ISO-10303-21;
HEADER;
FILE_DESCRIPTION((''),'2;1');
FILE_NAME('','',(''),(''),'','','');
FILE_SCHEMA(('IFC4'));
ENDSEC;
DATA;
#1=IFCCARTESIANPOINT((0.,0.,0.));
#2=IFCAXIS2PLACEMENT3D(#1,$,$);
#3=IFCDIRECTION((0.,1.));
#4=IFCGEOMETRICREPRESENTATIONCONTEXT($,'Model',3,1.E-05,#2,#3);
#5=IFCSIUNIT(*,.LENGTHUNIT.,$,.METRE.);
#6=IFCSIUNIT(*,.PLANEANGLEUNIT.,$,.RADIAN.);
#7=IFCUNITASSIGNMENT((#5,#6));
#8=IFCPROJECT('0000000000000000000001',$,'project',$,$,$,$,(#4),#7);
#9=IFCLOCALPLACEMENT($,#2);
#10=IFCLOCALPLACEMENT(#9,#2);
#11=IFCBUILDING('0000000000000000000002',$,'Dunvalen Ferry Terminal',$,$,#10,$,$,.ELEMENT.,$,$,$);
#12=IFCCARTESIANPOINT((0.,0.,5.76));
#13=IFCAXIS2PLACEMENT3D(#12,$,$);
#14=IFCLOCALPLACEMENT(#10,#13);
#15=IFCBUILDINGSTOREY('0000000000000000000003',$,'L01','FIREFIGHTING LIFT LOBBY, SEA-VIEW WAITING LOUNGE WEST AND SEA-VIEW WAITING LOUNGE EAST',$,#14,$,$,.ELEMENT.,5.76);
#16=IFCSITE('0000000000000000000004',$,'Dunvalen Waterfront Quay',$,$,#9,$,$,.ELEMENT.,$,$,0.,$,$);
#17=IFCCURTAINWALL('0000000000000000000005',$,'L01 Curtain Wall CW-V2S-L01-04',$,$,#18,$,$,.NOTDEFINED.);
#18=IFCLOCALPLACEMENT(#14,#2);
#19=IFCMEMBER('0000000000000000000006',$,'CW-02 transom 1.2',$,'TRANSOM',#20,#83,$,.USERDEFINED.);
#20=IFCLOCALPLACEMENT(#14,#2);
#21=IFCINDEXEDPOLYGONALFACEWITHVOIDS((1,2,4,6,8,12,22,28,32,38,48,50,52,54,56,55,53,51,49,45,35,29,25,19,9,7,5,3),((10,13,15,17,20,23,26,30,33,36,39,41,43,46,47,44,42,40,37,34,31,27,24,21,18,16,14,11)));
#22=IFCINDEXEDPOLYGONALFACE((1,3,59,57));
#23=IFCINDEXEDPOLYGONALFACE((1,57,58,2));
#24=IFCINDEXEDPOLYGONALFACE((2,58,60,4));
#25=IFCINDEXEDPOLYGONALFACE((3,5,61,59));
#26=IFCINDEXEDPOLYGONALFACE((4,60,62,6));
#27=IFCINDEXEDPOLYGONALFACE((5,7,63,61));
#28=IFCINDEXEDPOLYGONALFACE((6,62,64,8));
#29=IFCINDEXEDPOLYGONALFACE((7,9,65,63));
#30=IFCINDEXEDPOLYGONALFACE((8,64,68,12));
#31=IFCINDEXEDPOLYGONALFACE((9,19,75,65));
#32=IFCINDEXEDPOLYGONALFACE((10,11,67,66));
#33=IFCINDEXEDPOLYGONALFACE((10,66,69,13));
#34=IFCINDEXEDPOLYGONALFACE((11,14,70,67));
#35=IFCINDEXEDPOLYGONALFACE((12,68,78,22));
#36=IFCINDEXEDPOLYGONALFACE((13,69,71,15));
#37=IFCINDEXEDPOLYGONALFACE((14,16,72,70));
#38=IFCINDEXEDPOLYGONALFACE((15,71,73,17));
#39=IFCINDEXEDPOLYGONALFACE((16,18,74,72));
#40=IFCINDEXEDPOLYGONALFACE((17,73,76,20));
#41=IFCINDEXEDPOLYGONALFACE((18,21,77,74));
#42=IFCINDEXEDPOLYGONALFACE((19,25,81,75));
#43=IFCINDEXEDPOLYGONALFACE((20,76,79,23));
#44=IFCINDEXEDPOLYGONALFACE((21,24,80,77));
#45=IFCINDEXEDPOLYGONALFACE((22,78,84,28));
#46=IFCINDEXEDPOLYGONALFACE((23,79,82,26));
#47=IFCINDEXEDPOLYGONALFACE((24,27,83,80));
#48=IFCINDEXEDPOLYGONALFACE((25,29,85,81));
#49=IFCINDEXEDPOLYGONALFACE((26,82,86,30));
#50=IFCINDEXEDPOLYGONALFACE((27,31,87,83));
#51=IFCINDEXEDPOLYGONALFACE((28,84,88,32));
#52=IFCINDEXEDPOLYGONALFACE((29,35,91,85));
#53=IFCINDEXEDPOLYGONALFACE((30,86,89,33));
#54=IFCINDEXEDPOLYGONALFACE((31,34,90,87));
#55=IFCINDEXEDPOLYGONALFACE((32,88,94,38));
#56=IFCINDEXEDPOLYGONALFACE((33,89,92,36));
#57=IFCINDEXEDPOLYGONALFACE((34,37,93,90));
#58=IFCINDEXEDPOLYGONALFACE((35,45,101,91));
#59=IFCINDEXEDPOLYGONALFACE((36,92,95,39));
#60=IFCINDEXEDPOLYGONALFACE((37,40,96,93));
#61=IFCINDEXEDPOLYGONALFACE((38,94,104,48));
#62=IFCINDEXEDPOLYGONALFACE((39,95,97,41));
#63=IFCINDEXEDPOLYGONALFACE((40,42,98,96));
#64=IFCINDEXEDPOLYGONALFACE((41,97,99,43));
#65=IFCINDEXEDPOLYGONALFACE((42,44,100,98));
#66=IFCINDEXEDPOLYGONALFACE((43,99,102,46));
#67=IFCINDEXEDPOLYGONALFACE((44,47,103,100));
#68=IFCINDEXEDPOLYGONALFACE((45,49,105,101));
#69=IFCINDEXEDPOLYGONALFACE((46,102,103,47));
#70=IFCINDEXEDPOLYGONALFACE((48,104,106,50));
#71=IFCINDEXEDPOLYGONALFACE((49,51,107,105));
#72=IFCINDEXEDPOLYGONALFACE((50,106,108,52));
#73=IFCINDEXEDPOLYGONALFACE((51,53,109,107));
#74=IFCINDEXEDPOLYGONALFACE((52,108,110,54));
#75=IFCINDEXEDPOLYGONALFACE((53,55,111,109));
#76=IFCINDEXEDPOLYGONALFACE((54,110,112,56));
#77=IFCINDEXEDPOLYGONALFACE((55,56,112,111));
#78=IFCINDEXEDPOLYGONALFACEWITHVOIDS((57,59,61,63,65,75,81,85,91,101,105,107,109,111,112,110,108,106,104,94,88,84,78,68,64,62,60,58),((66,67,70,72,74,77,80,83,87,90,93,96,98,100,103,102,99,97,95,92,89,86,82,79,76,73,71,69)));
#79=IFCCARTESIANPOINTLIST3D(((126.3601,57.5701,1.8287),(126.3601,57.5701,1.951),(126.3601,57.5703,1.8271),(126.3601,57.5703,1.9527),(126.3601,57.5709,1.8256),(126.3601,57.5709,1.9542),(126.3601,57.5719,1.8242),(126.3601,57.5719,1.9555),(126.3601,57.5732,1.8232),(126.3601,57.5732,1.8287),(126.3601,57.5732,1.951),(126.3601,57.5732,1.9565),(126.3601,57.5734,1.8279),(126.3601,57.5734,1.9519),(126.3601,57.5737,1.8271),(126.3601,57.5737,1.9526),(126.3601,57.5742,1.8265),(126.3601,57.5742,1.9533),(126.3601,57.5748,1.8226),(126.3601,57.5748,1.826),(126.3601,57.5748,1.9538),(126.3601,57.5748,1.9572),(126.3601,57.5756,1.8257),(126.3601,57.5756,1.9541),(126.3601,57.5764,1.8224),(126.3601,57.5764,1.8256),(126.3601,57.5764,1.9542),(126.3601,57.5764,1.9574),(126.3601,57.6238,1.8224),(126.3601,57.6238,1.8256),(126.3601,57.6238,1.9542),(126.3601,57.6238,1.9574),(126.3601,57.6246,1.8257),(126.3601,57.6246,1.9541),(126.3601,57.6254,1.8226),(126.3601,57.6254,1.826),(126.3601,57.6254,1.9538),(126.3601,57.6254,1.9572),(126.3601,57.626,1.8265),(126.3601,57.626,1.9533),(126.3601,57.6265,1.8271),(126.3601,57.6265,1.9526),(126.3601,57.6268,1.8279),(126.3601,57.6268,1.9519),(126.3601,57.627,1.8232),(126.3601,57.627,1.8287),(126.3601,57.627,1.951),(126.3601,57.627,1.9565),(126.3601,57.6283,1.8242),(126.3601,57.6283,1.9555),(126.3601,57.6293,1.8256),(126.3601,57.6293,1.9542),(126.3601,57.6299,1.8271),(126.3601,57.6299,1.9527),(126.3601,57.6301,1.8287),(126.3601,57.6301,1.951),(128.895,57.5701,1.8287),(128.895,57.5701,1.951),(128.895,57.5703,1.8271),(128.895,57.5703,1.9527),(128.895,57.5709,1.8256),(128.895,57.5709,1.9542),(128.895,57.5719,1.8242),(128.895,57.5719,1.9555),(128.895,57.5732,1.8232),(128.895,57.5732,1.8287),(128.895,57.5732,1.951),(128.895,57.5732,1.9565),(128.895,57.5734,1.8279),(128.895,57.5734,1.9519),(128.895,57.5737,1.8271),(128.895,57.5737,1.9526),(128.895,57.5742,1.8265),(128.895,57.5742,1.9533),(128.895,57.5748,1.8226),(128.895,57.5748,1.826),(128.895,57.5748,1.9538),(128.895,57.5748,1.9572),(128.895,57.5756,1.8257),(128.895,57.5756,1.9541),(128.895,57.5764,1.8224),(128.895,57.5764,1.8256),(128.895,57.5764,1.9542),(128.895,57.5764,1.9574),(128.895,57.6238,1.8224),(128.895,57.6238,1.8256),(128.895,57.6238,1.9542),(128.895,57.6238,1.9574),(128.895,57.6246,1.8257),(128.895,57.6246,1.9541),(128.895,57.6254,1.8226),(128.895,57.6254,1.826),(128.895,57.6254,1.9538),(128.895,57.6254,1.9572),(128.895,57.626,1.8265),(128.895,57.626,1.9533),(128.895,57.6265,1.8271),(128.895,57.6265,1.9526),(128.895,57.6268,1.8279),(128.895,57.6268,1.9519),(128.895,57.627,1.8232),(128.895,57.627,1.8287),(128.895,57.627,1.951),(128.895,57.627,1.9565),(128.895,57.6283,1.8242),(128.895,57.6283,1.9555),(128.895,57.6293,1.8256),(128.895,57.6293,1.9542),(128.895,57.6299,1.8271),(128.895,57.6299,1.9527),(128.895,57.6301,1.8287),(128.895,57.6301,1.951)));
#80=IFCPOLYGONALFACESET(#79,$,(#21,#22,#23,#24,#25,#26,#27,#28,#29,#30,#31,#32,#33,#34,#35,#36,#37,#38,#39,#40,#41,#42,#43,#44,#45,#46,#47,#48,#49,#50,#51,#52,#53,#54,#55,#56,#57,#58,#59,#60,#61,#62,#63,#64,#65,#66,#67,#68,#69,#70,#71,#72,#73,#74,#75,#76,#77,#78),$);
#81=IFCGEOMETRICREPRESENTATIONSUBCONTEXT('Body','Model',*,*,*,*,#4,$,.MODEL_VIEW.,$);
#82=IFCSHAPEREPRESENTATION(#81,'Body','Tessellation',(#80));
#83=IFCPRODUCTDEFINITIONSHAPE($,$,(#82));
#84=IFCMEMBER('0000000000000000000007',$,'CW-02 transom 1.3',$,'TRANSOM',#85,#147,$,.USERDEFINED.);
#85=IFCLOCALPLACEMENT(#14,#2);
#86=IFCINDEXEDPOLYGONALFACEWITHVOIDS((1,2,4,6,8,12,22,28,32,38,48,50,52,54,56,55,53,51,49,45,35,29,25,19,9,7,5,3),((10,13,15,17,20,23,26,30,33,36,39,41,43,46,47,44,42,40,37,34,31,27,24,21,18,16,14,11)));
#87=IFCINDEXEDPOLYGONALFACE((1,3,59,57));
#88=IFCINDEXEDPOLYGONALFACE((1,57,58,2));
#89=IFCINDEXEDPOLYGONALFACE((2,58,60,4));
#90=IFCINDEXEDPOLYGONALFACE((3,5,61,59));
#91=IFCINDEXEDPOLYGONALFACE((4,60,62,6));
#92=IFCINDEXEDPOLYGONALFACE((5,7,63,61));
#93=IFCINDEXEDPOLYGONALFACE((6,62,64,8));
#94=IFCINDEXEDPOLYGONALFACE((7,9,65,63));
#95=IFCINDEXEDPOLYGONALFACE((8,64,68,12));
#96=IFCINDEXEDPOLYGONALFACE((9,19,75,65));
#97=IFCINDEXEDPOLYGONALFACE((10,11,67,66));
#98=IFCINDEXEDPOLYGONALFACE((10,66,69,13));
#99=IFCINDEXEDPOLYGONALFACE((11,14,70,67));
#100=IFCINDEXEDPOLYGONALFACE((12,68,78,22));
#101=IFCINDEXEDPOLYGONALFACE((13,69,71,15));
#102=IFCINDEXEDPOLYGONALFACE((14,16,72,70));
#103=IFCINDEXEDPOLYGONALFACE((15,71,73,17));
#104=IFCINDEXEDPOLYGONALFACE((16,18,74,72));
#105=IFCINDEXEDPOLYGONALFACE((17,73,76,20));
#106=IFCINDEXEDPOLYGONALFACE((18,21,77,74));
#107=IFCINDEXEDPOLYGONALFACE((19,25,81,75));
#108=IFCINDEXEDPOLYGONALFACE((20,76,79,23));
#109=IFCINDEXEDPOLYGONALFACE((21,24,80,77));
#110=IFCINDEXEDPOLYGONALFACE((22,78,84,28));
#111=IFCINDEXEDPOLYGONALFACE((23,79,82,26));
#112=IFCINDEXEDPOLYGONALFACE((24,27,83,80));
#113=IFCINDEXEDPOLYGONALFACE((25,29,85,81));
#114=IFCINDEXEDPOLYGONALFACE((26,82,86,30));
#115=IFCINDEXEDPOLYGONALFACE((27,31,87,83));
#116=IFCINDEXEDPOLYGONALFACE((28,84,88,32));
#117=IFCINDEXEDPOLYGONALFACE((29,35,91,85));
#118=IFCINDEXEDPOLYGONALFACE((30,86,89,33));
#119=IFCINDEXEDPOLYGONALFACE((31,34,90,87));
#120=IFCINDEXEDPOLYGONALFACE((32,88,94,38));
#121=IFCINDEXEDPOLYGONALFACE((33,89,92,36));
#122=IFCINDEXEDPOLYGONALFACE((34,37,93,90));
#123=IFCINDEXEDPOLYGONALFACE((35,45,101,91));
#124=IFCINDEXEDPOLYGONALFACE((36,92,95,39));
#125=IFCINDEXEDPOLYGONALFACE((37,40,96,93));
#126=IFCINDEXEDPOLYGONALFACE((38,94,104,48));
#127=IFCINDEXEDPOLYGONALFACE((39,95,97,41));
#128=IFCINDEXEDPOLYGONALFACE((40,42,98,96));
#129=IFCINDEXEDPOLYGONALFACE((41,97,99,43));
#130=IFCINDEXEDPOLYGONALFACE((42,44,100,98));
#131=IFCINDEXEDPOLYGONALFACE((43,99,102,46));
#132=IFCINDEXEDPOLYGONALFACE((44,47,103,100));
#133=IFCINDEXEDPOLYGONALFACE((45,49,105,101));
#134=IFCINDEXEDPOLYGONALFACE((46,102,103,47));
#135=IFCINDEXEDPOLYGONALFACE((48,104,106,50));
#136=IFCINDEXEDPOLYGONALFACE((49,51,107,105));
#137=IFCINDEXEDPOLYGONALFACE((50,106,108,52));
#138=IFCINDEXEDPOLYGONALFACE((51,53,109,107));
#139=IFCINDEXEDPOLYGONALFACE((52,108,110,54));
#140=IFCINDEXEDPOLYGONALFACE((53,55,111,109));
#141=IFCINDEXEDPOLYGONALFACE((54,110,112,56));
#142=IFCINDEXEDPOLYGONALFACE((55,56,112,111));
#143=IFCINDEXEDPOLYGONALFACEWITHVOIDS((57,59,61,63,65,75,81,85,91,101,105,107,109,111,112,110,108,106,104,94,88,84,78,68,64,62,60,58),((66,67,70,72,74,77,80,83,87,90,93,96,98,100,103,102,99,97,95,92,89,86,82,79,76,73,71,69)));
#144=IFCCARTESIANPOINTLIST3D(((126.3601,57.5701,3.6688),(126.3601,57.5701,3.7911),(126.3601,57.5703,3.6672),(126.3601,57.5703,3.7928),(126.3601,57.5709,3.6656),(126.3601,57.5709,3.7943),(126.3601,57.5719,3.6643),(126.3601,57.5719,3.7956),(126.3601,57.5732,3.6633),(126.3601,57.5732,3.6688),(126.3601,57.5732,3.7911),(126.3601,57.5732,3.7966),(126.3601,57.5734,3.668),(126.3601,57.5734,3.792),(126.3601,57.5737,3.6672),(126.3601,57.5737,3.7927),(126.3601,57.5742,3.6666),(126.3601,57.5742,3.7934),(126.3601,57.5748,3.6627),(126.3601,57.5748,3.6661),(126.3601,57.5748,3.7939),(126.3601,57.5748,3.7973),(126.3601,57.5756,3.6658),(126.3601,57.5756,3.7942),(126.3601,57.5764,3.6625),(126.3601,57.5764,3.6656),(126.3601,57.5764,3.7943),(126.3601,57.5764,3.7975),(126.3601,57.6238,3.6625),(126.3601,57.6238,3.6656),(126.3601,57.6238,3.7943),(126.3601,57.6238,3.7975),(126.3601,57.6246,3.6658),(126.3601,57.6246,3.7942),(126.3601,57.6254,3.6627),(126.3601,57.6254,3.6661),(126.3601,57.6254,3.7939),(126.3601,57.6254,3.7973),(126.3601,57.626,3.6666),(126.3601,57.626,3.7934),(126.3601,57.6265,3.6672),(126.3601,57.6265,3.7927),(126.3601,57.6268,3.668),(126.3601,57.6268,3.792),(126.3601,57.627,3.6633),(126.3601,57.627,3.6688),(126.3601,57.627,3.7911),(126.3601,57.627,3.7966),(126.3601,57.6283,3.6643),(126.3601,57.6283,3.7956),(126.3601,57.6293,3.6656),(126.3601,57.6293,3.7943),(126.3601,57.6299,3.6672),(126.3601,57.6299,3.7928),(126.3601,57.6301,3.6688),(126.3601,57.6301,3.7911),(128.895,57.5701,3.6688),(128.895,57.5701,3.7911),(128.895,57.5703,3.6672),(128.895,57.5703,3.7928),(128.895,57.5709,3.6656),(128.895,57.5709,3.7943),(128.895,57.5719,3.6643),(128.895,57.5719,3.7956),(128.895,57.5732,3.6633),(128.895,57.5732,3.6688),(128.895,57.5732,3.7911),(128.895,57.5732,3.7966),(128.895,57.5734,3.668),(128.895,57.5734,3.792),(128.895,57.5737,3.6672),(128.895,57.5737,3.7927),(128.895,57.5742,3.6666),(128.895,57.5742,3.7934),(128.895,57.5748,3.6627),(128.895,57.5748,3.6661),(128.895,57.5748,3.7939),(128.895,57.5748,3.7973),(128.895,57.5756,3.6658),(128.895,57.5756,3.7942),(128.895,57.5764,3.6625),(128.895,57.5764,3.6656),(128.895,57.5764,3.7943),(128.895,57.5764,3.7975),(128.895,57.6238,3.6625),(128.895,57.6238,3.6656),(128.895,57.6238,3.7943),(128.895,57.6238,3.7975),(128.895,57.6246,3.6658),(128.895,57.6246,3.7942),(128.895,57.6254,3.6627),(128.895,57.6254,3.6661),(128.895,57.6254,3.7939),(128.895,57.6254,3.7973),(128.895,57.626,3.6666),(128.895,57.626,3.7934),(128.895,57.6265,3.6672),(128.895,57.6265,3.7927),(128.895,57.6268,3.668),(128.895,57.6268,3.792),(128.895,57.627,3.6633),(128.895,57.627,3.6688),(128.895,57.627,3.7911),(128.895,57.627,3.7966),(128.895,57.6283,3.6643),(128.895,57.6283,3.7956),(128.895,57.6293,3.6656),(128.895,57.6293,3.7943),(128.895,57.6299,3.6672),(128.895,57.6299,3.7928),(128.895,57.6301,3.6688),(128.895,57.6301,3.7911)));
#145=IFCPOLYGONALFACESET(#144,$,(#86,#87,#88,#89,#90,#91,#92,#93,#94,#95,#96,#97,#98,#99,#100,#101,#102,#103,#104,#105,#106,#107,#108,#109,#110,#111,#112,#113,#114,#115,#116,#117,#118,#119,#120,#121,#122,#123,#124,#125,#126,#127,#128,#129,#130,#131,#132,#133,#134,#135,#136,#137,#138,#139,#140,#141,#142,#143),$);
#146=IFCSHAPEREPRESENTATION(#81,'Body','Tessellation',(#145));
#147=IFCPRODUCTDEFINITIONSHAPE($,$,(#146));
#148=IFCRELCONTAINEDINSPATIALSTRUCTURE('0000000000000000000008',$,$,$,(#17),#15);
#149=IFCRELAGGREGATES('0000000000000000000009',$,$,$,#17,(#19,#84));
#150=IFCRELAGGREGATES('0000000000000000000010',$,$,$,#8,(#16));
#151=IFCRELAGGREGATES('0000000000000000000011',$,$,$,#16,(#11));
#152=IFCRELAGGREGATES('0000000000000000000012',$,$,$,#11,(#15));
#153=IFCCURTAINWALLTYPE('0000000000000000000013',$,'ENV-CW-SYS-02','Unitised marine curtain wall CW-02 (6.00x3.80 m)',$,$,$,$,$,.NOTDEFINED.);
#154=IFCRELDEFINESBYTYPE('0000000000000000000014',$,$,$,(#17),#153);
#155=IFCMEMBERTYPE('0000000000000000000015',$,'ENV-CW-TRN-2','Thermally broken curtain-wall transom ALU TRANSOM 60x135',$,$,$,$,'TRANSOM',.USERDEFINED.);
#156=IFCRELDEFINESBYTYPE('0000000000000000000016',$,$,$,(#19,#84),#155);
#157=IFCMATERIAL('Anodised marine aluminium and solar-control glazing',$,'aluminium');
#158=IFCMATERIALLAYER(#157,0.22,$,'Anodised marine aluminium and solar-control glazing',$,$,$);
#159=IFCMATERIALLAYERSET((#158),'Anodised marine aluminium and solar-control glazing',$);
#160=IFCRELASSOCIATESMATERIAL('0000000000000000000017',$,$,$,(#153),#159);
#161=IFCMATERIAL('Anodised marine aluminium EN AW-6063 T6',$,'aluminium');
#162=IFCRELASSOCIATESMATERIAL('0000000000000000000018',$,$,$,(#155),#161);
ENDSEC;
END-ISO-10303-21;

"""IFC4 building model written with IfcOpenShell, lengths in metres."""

from ifc_helpers import new_model, si_unit, direction, frame, origin, origin_2d, place, context, subcontext, project, spatial, hollow_rectangle, extrude, material, layer, layer_set, material_profile, profile_set, type_object, element, aggregate, save


model = new_model("IFC4")

# Units and contexts
model_context = context("Model", 3, precision=1e-05, world=origin(), true_north=direction((0.0, 1.0)))
body_context = subcontext(model_context, "Body", "Model", "MODEL_VIEW")
ifc_project = project(units=[si_unit("LENGTHUNIT", "METRE"), si_unit("PLANEANGLEUNIT", "RADIAN")], contexts=[model_context])

# Site, building, storey
site_placement = place(None, origin())
site = spatial("IfcSite", under=ifc_project, at=site_placement, Name="Dunvalen Waterfront Quay", CompositionType="ELEMENT", RefElevation=0.0)
building_placement = place(site_placement, origin())
building = spatial("IfcBuilding", under=site, at=building_placement, Name="Dunvalen Ferry Terminal", CompositionType="ELEMENT")
storey_placement = place(building_placement, frame((0.0, 0.0, 5.76)))
storey = spatial("IfcBuildingStorey", under=building, at=storey_placement, Name="L01", Description="FIREFIGHTING LIFT LOBBY, SEA-VIEW WAITING LOUNGE WEST AND SEA-VIEW WAITING LOUNGE EAST", CompositionType="ELEMENT", Elevation=5.76)

# Shared definitions
ifc_material_1 = material(Name="Anodised marine aluminium and solar-control glazing", Category="aluminium")
ifc_layer_1 = layer(ifc_material_1, 0.22, Name="Anodised marine aluminium and solar-control glazing")
ifc_layer_set_1 = layer_set([ifc_layer_1], Name="Anodised marine aluminium and solar-control glazing")
curtain_wall_type = type_object("IfcCurtainWallType", Name="ENV-CW-SYS-02", Description="Unitised marine curtain wall CW-02 (6.00x3.80 m)", PredefinedType="NOTDEFINED", material=ifc_layer_set_1)
ifc_material_2 = material(Name="Anodised marine aluminium EN AW-6063 T6", Category="aluminium")

# Curtain wall
curtain_wall_1_placement = place(storey_placement, origin())
curtain_wall_1 = element("IfcCurtainWall", 1, at=curtain_wall_1_placement, inside=storey, type_object=curtain_wall_type, Name="L01 Curtain Wall CW-V2S-L01-04", PredefinedType="NOTDEFINED")

# Members
ifc_material_profile_1 = material_profile(ifc_material_2, hollow_rectangle(XDim=0.0601, YDim=0.135, WallThickness=0.0032, InnerFilletRadius=0.0032, OuterFilletRadius=0.0063, at=origin_2d()), Name="Anodised marine aluminium EN AW-6063 T6")
ifc_profile_set_1 = profile_set([ifc_material_profile_1], Name="Anodised marine aluminium EN AW-6063 T6")
member_type_1 = type_object("IfcMemberType", Name="ENV-CW-TRN-2", Description="Thermally broken curtain-wall transom ALU TRANSOM 60x135", ElementType="TRANSOM", PredefinedType="USERDEFINED", material=ifc_profile_set_1)
member_1_placement = place(storey_placement, frame((126.3601, 57.6001, 1.8899), z_axis=(1.0, 0.0, 0.0), x_axis=(0.0, 1.0, 0.0)))
member_1 = element("IfcMember", 2, at=member_1_placement, type_object=member_type_1, Name="CW-02 transom 1.2", ObjectType="TRANSOM", PredefinedType="USERDEFINED", context=body_context, shape_type="SweptSolid", body=[
    extrude(hollow_rectangle(XDim=0.0601, YDim=0.135, WallThickness=0.0032, InnerFilletRadius=0.0032, OuterFilletRadius=0.0063, at=origin_2d()), origin(), (0.0, 0.0, 1.0), 2.5349),
])
member_2_placement = place(storey_placement, frame((126.3601, 57.6001, 3.73), z_axis=(1.0, 0.0, 0.0), x_axis=(0.0, 1.0, 0.0)))
member_2 = element("IfcMember", 3, at=member_2_placement, type_object=member_type_1, Name="CW-02 transom 1.3", ObjectType="TRANSOM", PredefinedType="USERDEFINED", context=body_context, shape_type="SweptSolid", body=[
    extrude(hollow_rectangle(XDim=0.0601, YDim=0.135, WallThickness=0.0032, InnerFilletRadius=0.0032, OuterFilletRadius=0.0063, at=origin_2d()), origin(), (0.0, 0.0, 1.0), 2.5349),
])

aggregate(curtain_wall_1, [member_1, member_2])

save(model, "model.ifc")
